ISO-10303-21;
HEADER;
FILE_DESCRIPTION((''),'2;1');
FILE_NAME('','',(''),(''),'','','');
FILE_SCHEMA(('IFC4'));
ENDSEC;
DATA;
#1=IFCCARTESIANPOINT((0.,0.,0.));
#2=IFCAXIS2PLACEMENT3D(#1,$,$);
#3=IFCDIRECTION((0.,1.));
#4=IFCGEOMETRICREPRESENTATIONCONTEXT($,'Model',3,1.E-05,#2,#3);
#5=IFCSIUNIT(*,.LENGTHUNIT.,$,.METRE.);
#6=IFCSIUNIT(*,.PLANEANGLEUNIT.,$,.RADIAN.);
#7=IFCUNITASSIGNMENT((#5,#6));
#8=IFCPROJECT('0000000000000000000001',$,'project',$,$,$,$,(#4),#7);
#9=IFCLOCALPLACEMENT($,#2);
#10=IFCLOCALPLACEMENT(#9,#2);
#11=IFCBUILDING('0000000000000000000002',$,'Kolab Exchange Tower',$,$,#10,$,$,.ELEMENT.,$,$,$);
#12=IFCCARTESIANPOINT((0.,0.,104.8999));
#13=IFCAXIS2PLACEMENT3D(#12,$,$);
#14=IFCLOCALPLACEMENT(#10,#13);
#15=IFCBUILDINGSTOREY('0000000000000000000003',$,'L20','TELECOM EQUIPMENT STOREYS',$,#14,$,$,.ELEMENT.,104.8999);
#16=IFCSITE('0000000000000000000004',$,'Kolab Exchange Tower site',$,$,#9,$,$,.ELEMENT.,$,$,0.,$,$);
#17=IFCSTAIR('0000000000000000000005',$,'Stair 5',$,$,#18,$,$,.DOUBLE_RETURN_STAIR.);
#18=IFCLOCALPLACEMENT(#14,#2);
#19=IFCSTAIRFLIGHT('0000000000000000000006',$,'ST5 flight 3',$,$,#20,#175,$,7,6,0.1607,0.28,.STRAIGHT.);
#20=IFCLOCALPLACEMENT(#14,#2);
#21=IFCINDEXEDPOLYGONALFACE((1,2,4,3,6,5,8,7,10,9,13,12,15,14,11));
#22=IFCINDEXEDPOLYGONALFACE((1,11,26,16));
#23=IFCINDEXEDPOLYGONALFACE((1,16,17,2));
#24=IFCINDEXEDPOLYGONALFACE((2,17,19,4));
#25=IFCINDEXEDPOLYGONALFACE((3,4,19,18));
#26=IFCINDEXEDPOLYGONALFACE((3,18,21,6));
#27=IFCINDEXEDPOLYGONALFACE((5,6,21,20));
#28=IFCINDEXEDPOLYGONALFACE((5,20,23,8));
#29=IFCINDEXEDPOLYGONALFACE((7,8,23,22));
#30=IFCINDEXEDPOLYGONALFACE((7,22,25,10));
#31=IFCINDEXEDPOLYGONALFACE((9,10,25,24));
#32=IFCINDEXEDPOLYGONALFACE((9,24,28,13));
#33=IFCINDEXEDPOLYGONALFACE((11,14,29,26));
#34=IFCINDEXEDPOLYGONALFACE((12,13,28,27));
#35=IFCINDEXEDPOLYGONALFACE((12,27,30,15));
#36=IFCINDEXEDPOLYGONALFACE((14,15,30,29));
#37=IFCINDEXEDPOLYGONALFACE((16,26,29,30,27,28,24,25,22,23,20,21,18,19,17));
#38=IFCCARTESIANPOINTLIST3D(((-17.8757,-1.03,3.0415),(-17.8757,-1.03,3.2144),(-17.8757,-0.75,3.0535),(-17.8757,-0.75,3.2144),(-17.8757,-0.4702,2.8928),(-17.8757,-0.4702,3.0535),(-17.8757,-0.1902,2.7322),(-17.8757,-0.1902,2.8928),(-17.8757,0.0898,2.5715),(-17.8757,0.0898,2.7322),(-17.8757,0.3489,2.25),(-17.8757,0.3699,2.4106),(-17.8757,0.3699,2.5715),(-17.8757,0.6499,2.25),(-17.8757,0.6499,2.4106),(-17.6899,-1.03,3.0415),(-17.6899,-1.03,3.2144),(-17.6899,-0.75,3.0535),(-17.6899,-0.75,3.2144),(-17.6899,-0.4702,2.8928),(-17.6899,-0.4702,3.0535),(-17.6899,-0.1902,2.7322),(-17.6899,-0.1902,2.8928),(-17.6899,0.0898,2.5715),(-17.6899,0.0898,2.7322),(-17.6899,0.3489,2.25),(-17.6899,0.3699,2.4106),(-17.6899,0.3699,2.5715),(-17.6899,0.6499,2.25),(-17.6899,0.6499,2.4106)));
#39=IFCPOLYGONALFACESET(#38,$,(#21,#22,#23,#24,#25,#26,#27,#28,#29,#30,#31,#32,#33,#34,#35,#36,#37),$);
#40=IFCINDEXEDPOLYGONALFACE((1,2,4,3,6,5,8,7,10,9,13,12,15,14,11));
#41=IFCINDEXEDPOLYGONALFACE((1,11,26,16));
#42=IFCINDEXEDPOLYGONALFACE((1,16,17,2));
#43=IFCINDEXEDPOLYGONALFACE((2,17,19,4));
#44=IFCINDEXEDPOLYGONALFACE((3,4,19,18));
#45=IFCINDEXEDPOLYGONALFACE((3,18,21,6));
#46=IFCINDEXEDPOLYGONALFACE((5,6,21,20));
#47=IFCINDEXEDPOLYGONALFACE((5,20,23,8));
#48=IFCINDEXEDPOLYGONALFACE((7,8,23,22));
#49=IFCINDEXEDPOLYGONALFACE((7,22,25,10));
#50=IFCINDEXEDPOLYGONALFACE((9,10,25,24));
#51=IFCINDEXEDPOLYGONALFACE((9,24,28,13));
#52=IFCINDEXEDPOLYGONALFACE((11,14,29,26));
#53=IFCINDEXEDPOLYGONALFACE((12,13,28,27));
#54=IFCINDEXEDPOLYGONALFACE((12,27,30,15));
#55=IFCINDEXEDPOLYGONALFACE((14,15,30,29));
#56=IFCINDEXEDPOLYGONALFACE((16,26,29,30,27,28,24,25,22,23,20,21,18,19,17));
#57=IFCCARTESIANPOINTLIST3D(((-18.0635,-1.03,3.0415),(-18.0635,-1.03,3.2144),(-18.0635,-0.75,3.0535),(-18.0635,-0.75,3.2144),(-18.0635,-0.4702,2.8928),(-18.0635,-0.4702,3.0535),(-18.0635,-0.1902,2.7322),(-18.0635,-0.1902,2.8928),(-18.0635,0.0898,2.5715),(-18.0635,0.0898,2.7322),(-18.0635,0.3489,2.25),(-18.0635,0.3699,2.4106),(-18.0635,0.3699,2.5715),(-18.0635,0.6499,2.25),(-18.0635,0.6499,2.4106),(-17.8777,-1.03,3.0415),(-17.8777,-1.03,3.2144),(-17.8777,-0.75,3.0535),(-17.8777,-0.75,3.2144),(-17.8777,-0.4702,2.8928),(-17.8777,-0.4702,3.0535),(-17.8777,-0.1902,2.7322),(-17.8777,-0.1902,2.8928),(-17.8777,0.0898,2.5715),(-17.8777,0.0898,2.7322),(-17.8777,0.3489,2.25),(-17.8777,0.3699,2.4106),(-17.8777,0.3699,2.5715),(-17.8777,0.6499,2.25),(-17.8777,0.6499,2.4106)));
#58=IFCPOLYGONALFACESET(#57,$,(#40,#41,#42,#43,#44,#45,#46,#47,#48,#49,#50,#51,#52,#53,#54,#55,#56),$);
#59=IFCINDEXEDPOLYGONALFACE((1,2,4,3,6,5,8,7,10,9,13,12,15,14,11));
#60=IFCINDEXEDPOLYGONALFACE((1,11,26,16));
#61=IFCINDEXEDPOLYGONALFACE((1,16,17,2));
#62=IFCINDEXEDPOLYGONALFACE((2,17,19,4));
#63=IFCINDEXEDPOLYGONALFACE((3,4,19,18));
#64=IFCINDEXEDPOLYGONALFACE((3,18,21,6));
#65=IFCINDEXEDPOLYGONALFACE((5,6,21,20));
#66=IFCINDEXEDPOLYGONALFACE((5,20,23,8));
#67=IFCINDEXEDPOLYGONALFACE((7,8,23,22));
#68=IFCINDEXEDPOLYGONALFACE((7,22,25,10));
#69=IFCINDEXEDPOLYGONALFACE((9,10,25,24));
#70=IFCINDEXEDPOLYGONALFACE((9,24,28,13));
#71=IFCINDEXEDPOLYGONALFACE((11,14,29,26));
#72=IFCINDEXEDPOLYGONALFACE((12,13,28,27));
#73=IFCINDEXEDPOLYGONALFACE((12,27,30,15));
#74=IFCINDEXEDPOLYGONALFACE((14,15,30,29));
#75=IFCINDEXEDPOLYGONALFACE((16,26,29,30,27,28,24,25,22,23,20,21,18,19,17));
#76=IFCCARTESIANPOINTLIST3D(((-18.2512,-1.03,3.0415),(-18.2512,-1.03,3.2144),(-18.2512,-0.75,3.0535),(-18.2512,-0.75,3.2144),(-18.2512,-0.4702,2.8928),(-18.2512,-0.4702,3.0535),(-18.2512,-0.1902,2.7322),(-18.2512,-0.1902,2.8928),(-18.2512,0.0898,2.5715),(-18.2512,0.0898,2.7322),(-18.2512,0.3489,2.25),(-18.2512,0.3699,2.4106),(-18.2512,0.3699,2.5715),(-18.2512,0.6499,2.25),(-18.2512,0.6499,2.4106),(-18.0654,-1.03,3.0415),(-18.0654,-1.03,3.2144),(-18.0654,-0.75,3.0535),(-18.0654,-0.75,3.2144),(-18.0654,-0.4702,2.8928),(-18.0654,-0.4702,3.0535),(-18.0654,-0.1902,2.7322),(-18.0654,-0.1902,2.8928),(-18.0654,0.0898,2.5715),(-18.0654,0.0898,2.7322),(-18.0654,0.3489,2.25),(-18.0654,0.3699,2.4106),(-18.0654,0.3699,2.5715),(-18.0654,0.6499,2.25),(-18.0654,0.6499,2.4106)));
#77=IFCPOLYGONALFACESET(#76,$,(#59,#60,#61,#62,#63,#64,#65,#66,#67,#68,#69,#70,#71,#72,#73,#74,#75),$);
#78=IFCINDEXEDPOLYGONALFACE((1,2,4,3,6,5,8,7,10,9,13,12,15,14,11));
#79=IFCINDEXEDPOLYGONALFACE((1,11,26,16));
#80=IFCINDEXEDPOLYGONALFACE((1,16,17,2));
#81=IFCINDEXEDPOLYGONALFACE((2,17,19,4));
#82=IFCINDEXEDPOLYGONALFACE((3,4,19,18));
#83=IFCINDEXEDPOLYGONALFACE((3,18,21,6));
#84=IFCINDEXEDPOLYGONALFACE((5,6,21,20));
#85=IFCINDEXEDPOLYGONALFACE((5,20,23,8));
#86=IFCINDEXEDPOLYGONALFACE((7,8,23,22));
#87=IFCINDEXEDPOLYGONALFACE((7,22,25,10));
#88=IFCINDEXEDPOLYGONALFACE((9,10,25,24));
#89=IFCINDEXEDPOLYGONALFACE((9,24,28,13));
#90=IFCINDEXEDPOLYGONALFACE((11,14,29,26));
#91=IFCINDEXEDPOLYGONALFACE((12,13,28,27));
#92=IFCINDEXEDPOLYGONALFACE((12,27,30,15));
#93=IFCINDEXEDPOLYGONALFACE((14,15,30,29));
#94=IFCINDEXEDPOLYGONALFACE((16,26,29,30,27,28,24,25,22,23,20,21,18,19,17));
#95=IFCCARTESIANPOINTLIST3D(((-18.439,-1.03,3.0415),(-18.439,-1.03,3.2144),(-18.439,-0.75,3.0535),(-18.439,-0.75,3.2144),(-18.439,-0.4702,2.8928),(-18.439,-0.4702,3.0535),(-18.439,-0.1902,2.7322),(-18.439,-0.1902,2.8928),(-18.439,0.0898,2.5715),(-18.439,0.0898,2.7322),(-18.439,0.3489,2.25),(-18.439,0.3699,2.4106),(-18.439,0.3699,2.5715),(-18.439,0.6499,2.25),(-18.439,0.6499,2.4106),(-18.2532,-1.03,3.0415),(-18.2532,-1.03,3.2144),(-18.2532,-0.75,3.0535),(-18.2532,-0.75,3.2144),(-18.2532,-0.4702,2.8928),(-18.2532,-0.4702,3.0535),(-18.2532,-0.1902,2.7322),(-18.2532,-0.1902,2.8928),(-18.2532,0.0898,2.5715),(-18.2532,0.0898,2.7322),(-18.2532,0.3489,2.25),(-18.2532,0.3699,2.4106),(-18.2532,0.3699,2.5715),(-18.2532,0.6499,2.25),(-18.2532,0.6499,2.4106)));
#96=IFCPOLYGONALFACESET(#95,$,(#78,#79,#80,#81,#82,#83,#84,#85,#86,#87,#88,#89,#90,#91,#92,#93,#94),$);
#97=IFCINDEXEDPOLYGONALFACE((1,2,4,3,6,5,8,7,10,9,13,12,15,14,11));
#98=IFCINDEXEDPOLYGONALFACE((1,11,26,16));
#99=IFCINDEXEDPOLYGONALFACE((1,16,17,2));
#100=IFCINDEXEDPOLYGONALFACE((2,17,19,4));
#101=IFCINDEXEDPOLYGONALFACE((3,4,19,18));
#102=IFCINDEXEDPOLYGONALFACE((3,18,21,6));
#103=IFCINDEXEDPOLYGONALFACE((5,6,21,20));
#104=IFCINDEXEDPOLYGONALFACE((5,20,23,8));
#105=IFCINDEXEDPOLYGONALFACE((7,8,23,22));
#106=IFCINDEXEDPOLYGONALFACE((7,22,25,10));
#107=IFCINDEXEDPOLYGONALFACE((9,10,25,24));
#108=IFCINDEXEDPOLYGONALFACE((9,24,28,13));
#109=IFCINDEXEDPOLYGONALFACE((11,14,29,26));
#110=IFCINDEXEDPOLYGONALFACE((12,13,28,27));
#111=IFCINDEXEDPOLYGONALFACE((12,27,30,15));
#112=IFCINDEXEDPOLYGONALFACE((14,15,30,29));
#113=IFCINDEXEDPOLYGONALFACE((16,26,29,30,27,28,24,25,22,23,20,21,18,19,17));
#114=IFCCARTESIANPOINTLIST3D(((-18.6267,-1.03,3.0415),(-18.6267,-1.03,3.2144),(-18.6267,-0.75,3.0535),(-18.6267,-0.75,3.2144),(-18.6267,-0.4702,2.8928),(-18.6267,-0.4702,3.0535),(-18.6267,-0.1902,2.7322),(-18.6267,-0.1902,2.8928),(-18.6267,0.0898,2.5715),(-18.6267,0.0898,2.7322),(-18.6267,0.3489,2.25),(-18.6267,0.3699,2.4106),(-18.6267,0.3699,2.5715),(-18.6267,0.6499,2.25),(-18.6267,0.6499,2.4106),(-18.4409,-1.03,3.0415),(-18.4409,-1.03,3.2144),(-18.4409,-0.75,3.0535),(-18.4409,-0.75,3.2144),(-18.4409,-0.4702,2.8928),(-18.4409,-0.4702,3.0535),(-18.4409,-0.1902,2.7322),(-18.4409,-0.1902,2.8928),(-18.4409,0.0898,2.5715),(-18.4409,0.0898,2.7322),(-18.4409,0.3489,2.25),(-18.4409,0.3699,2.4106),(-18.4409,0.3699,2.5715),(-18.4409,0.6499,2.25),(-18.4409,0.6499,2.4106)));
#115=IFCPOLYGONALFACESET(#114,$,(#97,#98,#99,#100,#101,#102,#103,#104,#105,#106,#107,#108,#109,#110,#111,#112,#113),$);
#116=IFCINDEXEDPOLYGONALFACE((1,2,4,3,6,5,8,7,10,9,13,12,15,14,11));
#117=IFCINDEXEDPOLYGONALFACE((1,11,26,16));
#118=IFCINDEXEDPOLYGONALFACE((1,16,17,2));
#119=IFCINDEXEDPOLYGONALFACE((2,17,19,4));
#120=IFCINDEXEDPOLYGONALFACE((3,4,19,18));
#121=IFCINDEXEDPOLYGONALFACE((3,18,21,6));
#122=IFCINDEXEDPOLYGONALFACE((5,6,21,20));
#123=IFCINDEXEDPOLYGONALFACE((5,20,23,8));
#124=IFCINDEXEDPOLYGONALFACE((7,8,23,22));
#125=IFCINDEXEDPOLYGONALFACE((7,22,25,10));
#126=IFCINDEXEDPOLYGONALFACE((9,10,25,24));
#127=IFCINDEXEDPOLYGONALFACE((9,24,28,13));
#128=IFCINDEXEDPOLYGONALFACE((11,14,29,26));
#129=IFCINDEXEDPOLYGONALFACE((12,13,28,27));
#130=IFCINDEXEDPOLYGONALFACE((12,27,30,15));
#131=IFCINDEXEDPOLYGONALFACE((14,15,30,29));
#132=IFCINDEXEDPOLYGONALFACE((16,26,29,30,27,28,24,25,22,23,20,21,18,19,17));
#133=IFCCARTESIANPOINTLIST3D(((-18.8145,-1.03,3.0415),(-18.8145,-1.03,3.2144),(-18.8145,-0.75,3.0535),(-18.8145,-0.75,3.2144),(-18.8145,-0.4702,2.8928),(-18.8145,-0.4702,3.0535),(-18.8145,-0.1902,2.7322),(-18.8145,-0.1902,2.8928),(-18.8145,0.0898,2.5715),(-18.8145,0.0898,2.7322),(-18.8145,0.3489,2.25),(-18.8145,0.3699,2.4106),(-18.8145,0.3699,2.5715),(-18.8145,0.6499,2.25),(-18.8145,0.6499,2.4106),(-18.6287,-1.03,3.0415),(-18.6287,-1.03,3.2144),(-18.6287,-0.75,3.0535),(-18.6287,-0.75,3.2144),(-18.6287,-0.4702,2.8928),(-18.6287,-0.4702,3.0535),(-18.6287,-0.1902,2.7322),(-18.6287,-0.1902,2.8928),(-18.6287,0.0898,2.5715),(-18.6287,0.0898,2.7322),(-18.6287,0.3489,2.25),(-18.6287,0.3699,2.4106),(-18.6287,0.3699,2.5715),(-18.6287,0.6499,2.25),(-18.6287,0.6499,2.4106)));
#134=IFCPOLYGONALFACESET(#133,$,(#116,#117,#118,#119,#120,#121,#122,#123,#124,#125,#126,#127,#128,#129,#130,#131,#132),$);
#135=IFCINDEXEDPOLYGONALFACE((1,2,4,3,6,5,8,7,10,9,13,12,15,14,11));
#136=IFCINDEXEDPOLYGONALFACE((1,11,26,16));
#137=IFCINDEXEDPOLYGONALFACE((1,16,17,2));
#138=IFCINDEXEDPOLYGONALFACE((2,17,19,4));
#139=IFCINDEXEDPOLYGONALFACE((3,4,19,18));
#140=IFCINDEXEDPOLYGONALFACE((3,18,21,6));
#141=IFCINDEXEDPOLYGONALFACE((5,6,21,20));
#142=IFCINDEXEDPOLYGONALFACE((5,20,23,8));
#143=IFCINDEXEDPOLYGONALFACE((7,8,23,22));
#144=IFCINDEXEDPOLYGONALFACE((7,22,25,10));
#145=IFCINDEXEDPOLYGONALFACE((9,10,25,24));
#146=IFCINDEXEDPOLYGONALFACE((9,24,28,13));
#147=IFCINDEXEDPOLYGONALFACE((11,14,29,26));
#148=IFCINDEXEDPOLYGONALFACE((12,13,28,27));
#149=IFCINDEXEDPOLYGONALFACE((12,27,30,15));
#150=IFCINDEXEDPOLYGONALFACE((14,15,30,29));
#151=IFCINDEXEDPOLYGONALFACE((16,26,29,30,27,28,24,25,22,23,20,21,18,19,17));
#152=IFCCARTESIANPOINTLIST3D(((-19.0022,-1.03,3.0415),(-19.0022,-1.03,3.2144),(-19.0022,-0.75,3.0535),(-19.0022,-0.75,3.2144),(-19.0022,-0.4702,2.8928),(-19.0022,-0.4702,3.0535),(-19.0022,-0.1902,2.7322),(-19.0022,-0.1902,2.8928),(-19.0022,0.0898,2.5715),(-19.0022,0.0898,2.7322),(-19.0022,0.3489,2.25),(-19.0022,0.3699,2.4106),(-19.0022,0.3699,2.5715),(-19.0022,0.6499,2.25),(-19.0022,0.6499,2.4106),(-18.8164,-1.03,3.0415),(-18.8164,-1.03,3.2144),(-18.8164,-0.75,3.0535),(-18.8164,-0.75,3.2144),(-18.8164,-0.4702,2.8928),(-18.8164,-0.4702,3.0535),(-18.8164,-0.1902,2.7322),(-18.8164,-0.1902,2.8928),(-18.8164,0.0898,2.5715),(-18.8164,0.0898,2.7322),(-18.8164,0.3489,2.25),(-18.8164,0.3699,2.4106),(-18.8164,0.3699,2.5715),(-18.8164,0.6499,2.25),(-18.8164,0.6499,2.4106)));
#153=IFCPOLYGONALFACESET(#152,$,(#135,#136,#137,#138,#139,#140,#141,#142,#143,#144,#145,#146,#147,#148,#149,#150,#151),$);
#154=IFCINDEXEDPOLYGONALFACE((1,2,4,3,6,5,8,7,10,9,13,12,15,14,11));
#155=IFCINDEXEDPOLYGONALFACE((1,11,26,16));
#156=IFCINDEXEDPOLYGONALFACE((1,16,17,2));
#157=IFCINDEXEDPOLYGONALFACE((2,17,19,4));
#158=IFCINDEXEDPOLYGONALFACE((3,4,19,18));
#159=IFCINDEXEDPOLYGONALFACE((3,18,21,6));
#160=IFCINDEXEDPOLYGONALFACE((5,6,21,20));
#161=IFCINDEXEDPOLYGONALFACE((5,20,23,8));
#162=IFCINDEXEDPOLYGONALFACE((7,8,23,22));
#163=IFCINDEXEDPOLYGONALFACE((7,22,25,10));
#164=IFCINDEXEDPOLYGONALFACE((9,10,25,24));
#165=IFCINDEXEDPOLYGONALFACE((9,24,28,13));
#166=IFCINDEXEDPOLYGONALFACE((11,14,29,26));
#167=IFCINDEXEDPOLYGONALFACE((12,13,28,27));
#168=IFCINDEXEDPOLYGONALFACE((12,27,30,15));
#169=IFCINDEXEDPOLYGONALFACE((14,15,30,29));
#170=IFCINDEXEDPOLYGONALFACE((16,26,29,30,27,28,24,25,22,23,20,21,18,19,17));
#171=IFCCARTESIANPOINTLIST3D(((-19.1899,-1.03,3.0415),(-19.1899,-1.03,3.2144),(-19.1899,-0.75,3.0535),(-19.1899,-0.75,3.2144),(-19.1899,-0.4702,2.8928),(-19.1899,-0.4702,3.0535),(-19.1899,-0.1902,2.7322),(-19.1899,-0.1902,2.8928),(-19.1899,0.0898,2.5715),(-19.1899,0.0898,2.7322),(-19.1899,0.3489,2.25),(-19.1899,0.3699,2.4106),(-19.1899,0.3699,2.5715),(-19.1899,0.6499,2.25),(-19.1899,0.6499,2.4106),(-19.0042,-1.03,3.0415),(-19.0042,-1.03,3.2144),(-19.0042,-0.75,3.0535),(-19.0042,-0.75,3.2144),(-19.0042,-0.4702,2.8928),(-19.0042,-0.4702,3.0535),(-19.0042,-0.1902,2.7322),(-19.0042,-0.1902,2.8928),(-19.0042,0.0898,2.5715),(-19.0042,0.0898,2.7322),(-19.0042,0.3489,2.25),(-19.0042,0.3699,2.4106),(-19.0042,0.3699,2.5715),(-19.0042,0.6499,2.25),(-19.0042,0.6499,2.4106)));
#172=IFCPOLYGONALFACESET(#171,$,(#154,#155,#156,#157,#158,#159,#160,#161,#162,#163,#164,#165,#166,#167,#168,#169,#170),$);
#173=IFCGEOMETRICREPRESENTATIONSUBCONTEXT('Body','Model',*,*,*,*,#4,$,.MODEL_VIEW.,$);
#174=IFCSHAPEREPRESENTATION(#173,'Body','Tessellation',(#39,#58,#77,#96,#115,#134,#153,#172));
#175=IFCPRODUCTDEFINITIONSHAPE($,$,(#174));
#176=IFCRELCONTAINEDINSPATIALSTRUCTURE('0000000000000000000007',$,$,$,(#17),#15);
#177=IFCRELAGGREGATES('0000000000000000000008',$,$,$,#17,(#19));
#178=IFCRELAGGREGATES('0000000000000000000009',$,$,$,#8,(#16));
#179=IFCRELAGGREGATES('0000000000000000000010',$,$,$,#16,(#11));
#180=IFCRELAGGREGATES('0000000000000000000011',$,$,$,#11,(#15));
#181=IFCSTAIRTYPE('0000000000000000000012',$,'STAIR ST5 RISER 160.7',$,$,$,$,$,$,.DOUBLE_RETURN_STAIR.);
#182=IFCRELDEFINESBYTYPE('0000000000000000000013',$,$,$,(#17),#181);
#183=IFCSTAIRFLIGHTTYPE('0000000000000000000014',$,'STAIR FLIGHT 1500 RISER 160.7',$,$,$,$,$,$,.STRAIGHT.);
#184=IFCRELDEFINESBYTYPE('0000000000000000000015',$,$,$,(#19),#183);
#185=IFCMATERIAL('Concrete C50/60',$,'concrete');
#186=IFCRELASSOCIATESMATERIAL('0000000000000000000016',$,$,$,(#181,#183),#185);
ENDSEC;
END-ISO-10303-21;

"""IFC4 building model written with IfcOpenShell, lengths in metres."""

from ifc_helpers import new_model, si_unit, direction, frame, origin, place, context, subcontext, project, spatial, polyline, outline, extrude, material, type_object, element, aggregate, save


model = new_model("IFC4")

# Units and contexts
model_context = context("Model", 3, precision=1e-05, world=origin(), true_north=direction((0.0, 1.0)))
body_context = subcontext(model_context, "Body", "Model", "MODEL_VIEW")
ifc_project = project(units=[si_unit("LENGTHUNIT", "METRE"), si_unit("PLANEANGLEUNIT", "RADIAN")], contexts=[model_context])

# Site, building, storey
site_placement = place(None, origin())
site = spatial("IfcSite", under=ifc_project, at=site_placement, Name="Kolab Exchange Tower site", CompositionType="ELEMENT", RefElevation=0.0)
building_placement = place(site_placement, origin())
building = spatial("IfcBuilding", under=site, at=building_placement, Name="Kolab Exchange Tower", CompositionType="ELEMENT")
storey_placement = place(building_placement, frame((0.0, 0.0, 104.8999)))
storey = spatial("IfcBuildingStorey", under=building, at=storey_placement, Name="L20", Description="TELECOM EQUIPMENT STOREYS", CompositionType="ELEMENT", Elevation=104.8999)

# Shared definitions
ifc_material_1 = material(Name="Concrete C50/60", Category="concrete")

# Stair, stair flight
stair_type = type_object("IfcStairType", Name="STAIR ST5 RISER 160.7", PredefinedType="DOUBLE_RETURN_STAIR", material=ifc_material_1)
stair_placement = place(storey_placement, origin())
stair = element("IfcStair", 1, at=stair_placement, inside=storey, type_object=stair_type, Name="Stair 5", PredefinedType="DOUBLE_RETURN_STAIR")
stair_flight_type = type_object("IfcStairFlightType", Name="STAIR FLIGHT 1500 RISER 160.7", PredefinedType="STRAIGHT", material=ifc_material_1)
stair_flight_1_placement = place(storey_placement, frame((-18.4399, 0.6499, 2.25), z_axis=(0.0, 0.0, 1.0), x_axis=(0.0, -1.0, 0.0)))
stair_flight_1 = element("IfcStairFlight", 2, at=stair_flight_1_placement, type_object=stair_flight_type, Name="ST5 flight 3", NumberOfRisers=7, NumberOfTreads=6, PredefinedType="STRAIGHT", RiserHeight=0.1607, TreadLength=0.28, context=body_context, shape_type="SweptSolid", body=[
    extrude(outline(polyline([(0.0, 0.0), (0.0, 0.1606), (0.28, 0.1606), (0.28, 0.3215), (0.5601, 0.3215), (0.5601, 0.4822), (0.8401, 0.4822), (0.8401, 0.6428), (1.1201, 0.6428), (1.1201, 0.8035), (1.3999, 0.8035), (1.3999, 0.9644), (1.6799, 0.9644), (1.6799, 1.125), (1.6799, 0.7915), (0.301, 0.0), (0.0, 0.0)])), frame((0.0, 0.75, 0.0), z_axis=(0.0, -1.0, 0.0), x_axis=(1.0, 0.0, 0.0)), (0.0, 0.0, 1.0), 0.1858),
    extrude(outline(polyline([(0.0, 0.0), (0.0, 0.1606), (0.28, 0.1606), (0.28, 0.3215), (0.5601, 0.3215), (0.5601, 0.4822), (0.8401, 0.4822), (0.8401, 0.6428), (1.1201, 0.6428), (1.1201, 0.8035), (1.3999, 0.8035), (1.3999, 0.9644), (1.6799, 0.9644), (1.6799, 1.125), (1.6799, 0.7915), (0.301, 0.0), (0.0, 0.0)])), frame((0.0, 0.5623, 0.0), z_axis=(0.0, -1.0, 0.0), x_axis=(1.0, 0.0, 0.0)), (0.0, 0.0, 1.0), 0.1858),
    extrude(outline(polyline([(0.0, 0.0), (0.0, 0.1606), (0.28, 0.1606), (0.28, 0.3215), (0.5601, 0.3215), (0.5601, 0.4822), (0.8401, 0.4822), (0.8401, 0.6428), (1.1201, 0.6428), (1.1201, 0.8035), (1.3999, 0.8035), (1.3999, 0.9644), (1.6799, 0.9644), (1.6799, 1.125), (1.6799, 0.7915), (0.301, 0.0), (0.0, 0.0)])), frame((0.0, 0.3745, 0.0), z_axis=(0.0, -1.0, 0.0), x_axis=(1.0, 0.0, 0.0)), (0.0, 0.0, 1.0), 0.1858),
    extrude(outline(polyline([(0.0, 0.0), (0.0, 0.1606), (0.28, 0.1606), (0.28, 0.3215), (0.5601, 0.3215), (0.5601, 0.4822), (0.8401, 0.4822), (0.8401, 0.6428), (1.1201, 0.6428), (1.1201, 0.8035), (1.3999, 0.8035), (1.3999, 0.9644), (1.6799, 0.9644), (1.6799, 1.125), (1.6799, 0.7915), (0.301, 0.0), (0.0, 0.0)])), frame((0.0, 0.1868, 0.0), z_axis=(0.0, -1.0, 0.0), x_axis=(1.0, 0.0, 0.0)), (0.0, 0.0, 1.0), 0.1858),
    extrude(outline(polyline([(0.0, 0.0), (0.0, 0.1606), (0.28, 0.1606), (0.28, 0.3215), (0.5601, 0.3215), (0.5601, 0.4822), (0.8401, 0.4822), (0.8401, 0.6428), (1.1201, 0.6428), (1.1201, 0.8035), (1.3999, 0.8035), (1.3999, 0.9644), (1.6799, 0.9644), (1.6799, 1.125), (1.6799, 0.7915), (0.301, 0.0), (0.0, 0.0)])), frame((0.0, -0.001, 0.0), z_axis=(0.0, -1.0, 0.0), x_axis=(1.0, 0.0, 0.0)), (0.0, 0.0, 1.0), 0.1858),
    extrude(outline(polyline([(0.0, 0.0), (0.0, 0.1606), (0.28, 0.1606), (0.28, 0.3215), (0.5601, 0.3215), (0.5601, 0.4822), (0.8401, 0.4822), (0.8401, 0.6428), (1.1201, 0.6428), (1.1201, 0.8035), (1.3999, 0.8035), (1.3999, 0.9644), (1.6799, 0.9644), (1.6799, 1.125), (1.6799, 0.7915), (0.301, 0.0), (0.0, 0.0)])), frame((0.0, -0.1887, 0.0), z_axis=(0.0, -1.0, 0.0), x_axis=(1.0, 0.0, 0.0)), (0.0, 0.0, 1.0), 0.1858),
    extrude(outline(polyline([(0.0, 0.0), (0.0, 0.1606), (0.28, 0.1606), (0.28, 0.3215), (0.5601, 0.3215), (0.5601, 0.4822), (0.8401, 0.4822), (0.8401, 0.6428), (1.1201, 0.6428), (1.1201, 0.8035), (1.3999, 0.8035), (1.3999, 0.9644), (1.6799, 0.9644), (1.6799, 1.125), (1.6799, 0.7915), (0.301, 0.0), (0.0, 0.0)])), frame((0.0, -0.3765, 0.0), z_axis=(0.0, -1.0, 0.0), x_axis=(1.0, 0.0, 0.0)), (0.0, 0.0, 1.0), 0.1858),
    extrude(outline(polyline([(0.0, 0.0), (0.0, 0.1606), (0.28, 0.1606), (0.28, 0.3215), (0.5601, 0.3215), (0.5601, 0.4822), (0.8401, 0.4822), (0.8401, 0.6428), (1.1201, 0.6428), (1.1201, 0.8035), (1.3999, 0.8035), (1.3999, 0.9644), (1.6799, 0.9644), (1.6799, 1.125), (1.6799, 0.7915), (0.301, 0.0), (0.0, 0.0)])), frame((0.0, -0.5642, 0.0), z_axis=(0.0, -1.0, 0.0), x_axis=(1.0, 0.0, 0.0)), (0.0, 0.0, 1.0), 0.1858),
])
aggregate(stair, [stair_flight_1])

save(model, "model.ifc")
